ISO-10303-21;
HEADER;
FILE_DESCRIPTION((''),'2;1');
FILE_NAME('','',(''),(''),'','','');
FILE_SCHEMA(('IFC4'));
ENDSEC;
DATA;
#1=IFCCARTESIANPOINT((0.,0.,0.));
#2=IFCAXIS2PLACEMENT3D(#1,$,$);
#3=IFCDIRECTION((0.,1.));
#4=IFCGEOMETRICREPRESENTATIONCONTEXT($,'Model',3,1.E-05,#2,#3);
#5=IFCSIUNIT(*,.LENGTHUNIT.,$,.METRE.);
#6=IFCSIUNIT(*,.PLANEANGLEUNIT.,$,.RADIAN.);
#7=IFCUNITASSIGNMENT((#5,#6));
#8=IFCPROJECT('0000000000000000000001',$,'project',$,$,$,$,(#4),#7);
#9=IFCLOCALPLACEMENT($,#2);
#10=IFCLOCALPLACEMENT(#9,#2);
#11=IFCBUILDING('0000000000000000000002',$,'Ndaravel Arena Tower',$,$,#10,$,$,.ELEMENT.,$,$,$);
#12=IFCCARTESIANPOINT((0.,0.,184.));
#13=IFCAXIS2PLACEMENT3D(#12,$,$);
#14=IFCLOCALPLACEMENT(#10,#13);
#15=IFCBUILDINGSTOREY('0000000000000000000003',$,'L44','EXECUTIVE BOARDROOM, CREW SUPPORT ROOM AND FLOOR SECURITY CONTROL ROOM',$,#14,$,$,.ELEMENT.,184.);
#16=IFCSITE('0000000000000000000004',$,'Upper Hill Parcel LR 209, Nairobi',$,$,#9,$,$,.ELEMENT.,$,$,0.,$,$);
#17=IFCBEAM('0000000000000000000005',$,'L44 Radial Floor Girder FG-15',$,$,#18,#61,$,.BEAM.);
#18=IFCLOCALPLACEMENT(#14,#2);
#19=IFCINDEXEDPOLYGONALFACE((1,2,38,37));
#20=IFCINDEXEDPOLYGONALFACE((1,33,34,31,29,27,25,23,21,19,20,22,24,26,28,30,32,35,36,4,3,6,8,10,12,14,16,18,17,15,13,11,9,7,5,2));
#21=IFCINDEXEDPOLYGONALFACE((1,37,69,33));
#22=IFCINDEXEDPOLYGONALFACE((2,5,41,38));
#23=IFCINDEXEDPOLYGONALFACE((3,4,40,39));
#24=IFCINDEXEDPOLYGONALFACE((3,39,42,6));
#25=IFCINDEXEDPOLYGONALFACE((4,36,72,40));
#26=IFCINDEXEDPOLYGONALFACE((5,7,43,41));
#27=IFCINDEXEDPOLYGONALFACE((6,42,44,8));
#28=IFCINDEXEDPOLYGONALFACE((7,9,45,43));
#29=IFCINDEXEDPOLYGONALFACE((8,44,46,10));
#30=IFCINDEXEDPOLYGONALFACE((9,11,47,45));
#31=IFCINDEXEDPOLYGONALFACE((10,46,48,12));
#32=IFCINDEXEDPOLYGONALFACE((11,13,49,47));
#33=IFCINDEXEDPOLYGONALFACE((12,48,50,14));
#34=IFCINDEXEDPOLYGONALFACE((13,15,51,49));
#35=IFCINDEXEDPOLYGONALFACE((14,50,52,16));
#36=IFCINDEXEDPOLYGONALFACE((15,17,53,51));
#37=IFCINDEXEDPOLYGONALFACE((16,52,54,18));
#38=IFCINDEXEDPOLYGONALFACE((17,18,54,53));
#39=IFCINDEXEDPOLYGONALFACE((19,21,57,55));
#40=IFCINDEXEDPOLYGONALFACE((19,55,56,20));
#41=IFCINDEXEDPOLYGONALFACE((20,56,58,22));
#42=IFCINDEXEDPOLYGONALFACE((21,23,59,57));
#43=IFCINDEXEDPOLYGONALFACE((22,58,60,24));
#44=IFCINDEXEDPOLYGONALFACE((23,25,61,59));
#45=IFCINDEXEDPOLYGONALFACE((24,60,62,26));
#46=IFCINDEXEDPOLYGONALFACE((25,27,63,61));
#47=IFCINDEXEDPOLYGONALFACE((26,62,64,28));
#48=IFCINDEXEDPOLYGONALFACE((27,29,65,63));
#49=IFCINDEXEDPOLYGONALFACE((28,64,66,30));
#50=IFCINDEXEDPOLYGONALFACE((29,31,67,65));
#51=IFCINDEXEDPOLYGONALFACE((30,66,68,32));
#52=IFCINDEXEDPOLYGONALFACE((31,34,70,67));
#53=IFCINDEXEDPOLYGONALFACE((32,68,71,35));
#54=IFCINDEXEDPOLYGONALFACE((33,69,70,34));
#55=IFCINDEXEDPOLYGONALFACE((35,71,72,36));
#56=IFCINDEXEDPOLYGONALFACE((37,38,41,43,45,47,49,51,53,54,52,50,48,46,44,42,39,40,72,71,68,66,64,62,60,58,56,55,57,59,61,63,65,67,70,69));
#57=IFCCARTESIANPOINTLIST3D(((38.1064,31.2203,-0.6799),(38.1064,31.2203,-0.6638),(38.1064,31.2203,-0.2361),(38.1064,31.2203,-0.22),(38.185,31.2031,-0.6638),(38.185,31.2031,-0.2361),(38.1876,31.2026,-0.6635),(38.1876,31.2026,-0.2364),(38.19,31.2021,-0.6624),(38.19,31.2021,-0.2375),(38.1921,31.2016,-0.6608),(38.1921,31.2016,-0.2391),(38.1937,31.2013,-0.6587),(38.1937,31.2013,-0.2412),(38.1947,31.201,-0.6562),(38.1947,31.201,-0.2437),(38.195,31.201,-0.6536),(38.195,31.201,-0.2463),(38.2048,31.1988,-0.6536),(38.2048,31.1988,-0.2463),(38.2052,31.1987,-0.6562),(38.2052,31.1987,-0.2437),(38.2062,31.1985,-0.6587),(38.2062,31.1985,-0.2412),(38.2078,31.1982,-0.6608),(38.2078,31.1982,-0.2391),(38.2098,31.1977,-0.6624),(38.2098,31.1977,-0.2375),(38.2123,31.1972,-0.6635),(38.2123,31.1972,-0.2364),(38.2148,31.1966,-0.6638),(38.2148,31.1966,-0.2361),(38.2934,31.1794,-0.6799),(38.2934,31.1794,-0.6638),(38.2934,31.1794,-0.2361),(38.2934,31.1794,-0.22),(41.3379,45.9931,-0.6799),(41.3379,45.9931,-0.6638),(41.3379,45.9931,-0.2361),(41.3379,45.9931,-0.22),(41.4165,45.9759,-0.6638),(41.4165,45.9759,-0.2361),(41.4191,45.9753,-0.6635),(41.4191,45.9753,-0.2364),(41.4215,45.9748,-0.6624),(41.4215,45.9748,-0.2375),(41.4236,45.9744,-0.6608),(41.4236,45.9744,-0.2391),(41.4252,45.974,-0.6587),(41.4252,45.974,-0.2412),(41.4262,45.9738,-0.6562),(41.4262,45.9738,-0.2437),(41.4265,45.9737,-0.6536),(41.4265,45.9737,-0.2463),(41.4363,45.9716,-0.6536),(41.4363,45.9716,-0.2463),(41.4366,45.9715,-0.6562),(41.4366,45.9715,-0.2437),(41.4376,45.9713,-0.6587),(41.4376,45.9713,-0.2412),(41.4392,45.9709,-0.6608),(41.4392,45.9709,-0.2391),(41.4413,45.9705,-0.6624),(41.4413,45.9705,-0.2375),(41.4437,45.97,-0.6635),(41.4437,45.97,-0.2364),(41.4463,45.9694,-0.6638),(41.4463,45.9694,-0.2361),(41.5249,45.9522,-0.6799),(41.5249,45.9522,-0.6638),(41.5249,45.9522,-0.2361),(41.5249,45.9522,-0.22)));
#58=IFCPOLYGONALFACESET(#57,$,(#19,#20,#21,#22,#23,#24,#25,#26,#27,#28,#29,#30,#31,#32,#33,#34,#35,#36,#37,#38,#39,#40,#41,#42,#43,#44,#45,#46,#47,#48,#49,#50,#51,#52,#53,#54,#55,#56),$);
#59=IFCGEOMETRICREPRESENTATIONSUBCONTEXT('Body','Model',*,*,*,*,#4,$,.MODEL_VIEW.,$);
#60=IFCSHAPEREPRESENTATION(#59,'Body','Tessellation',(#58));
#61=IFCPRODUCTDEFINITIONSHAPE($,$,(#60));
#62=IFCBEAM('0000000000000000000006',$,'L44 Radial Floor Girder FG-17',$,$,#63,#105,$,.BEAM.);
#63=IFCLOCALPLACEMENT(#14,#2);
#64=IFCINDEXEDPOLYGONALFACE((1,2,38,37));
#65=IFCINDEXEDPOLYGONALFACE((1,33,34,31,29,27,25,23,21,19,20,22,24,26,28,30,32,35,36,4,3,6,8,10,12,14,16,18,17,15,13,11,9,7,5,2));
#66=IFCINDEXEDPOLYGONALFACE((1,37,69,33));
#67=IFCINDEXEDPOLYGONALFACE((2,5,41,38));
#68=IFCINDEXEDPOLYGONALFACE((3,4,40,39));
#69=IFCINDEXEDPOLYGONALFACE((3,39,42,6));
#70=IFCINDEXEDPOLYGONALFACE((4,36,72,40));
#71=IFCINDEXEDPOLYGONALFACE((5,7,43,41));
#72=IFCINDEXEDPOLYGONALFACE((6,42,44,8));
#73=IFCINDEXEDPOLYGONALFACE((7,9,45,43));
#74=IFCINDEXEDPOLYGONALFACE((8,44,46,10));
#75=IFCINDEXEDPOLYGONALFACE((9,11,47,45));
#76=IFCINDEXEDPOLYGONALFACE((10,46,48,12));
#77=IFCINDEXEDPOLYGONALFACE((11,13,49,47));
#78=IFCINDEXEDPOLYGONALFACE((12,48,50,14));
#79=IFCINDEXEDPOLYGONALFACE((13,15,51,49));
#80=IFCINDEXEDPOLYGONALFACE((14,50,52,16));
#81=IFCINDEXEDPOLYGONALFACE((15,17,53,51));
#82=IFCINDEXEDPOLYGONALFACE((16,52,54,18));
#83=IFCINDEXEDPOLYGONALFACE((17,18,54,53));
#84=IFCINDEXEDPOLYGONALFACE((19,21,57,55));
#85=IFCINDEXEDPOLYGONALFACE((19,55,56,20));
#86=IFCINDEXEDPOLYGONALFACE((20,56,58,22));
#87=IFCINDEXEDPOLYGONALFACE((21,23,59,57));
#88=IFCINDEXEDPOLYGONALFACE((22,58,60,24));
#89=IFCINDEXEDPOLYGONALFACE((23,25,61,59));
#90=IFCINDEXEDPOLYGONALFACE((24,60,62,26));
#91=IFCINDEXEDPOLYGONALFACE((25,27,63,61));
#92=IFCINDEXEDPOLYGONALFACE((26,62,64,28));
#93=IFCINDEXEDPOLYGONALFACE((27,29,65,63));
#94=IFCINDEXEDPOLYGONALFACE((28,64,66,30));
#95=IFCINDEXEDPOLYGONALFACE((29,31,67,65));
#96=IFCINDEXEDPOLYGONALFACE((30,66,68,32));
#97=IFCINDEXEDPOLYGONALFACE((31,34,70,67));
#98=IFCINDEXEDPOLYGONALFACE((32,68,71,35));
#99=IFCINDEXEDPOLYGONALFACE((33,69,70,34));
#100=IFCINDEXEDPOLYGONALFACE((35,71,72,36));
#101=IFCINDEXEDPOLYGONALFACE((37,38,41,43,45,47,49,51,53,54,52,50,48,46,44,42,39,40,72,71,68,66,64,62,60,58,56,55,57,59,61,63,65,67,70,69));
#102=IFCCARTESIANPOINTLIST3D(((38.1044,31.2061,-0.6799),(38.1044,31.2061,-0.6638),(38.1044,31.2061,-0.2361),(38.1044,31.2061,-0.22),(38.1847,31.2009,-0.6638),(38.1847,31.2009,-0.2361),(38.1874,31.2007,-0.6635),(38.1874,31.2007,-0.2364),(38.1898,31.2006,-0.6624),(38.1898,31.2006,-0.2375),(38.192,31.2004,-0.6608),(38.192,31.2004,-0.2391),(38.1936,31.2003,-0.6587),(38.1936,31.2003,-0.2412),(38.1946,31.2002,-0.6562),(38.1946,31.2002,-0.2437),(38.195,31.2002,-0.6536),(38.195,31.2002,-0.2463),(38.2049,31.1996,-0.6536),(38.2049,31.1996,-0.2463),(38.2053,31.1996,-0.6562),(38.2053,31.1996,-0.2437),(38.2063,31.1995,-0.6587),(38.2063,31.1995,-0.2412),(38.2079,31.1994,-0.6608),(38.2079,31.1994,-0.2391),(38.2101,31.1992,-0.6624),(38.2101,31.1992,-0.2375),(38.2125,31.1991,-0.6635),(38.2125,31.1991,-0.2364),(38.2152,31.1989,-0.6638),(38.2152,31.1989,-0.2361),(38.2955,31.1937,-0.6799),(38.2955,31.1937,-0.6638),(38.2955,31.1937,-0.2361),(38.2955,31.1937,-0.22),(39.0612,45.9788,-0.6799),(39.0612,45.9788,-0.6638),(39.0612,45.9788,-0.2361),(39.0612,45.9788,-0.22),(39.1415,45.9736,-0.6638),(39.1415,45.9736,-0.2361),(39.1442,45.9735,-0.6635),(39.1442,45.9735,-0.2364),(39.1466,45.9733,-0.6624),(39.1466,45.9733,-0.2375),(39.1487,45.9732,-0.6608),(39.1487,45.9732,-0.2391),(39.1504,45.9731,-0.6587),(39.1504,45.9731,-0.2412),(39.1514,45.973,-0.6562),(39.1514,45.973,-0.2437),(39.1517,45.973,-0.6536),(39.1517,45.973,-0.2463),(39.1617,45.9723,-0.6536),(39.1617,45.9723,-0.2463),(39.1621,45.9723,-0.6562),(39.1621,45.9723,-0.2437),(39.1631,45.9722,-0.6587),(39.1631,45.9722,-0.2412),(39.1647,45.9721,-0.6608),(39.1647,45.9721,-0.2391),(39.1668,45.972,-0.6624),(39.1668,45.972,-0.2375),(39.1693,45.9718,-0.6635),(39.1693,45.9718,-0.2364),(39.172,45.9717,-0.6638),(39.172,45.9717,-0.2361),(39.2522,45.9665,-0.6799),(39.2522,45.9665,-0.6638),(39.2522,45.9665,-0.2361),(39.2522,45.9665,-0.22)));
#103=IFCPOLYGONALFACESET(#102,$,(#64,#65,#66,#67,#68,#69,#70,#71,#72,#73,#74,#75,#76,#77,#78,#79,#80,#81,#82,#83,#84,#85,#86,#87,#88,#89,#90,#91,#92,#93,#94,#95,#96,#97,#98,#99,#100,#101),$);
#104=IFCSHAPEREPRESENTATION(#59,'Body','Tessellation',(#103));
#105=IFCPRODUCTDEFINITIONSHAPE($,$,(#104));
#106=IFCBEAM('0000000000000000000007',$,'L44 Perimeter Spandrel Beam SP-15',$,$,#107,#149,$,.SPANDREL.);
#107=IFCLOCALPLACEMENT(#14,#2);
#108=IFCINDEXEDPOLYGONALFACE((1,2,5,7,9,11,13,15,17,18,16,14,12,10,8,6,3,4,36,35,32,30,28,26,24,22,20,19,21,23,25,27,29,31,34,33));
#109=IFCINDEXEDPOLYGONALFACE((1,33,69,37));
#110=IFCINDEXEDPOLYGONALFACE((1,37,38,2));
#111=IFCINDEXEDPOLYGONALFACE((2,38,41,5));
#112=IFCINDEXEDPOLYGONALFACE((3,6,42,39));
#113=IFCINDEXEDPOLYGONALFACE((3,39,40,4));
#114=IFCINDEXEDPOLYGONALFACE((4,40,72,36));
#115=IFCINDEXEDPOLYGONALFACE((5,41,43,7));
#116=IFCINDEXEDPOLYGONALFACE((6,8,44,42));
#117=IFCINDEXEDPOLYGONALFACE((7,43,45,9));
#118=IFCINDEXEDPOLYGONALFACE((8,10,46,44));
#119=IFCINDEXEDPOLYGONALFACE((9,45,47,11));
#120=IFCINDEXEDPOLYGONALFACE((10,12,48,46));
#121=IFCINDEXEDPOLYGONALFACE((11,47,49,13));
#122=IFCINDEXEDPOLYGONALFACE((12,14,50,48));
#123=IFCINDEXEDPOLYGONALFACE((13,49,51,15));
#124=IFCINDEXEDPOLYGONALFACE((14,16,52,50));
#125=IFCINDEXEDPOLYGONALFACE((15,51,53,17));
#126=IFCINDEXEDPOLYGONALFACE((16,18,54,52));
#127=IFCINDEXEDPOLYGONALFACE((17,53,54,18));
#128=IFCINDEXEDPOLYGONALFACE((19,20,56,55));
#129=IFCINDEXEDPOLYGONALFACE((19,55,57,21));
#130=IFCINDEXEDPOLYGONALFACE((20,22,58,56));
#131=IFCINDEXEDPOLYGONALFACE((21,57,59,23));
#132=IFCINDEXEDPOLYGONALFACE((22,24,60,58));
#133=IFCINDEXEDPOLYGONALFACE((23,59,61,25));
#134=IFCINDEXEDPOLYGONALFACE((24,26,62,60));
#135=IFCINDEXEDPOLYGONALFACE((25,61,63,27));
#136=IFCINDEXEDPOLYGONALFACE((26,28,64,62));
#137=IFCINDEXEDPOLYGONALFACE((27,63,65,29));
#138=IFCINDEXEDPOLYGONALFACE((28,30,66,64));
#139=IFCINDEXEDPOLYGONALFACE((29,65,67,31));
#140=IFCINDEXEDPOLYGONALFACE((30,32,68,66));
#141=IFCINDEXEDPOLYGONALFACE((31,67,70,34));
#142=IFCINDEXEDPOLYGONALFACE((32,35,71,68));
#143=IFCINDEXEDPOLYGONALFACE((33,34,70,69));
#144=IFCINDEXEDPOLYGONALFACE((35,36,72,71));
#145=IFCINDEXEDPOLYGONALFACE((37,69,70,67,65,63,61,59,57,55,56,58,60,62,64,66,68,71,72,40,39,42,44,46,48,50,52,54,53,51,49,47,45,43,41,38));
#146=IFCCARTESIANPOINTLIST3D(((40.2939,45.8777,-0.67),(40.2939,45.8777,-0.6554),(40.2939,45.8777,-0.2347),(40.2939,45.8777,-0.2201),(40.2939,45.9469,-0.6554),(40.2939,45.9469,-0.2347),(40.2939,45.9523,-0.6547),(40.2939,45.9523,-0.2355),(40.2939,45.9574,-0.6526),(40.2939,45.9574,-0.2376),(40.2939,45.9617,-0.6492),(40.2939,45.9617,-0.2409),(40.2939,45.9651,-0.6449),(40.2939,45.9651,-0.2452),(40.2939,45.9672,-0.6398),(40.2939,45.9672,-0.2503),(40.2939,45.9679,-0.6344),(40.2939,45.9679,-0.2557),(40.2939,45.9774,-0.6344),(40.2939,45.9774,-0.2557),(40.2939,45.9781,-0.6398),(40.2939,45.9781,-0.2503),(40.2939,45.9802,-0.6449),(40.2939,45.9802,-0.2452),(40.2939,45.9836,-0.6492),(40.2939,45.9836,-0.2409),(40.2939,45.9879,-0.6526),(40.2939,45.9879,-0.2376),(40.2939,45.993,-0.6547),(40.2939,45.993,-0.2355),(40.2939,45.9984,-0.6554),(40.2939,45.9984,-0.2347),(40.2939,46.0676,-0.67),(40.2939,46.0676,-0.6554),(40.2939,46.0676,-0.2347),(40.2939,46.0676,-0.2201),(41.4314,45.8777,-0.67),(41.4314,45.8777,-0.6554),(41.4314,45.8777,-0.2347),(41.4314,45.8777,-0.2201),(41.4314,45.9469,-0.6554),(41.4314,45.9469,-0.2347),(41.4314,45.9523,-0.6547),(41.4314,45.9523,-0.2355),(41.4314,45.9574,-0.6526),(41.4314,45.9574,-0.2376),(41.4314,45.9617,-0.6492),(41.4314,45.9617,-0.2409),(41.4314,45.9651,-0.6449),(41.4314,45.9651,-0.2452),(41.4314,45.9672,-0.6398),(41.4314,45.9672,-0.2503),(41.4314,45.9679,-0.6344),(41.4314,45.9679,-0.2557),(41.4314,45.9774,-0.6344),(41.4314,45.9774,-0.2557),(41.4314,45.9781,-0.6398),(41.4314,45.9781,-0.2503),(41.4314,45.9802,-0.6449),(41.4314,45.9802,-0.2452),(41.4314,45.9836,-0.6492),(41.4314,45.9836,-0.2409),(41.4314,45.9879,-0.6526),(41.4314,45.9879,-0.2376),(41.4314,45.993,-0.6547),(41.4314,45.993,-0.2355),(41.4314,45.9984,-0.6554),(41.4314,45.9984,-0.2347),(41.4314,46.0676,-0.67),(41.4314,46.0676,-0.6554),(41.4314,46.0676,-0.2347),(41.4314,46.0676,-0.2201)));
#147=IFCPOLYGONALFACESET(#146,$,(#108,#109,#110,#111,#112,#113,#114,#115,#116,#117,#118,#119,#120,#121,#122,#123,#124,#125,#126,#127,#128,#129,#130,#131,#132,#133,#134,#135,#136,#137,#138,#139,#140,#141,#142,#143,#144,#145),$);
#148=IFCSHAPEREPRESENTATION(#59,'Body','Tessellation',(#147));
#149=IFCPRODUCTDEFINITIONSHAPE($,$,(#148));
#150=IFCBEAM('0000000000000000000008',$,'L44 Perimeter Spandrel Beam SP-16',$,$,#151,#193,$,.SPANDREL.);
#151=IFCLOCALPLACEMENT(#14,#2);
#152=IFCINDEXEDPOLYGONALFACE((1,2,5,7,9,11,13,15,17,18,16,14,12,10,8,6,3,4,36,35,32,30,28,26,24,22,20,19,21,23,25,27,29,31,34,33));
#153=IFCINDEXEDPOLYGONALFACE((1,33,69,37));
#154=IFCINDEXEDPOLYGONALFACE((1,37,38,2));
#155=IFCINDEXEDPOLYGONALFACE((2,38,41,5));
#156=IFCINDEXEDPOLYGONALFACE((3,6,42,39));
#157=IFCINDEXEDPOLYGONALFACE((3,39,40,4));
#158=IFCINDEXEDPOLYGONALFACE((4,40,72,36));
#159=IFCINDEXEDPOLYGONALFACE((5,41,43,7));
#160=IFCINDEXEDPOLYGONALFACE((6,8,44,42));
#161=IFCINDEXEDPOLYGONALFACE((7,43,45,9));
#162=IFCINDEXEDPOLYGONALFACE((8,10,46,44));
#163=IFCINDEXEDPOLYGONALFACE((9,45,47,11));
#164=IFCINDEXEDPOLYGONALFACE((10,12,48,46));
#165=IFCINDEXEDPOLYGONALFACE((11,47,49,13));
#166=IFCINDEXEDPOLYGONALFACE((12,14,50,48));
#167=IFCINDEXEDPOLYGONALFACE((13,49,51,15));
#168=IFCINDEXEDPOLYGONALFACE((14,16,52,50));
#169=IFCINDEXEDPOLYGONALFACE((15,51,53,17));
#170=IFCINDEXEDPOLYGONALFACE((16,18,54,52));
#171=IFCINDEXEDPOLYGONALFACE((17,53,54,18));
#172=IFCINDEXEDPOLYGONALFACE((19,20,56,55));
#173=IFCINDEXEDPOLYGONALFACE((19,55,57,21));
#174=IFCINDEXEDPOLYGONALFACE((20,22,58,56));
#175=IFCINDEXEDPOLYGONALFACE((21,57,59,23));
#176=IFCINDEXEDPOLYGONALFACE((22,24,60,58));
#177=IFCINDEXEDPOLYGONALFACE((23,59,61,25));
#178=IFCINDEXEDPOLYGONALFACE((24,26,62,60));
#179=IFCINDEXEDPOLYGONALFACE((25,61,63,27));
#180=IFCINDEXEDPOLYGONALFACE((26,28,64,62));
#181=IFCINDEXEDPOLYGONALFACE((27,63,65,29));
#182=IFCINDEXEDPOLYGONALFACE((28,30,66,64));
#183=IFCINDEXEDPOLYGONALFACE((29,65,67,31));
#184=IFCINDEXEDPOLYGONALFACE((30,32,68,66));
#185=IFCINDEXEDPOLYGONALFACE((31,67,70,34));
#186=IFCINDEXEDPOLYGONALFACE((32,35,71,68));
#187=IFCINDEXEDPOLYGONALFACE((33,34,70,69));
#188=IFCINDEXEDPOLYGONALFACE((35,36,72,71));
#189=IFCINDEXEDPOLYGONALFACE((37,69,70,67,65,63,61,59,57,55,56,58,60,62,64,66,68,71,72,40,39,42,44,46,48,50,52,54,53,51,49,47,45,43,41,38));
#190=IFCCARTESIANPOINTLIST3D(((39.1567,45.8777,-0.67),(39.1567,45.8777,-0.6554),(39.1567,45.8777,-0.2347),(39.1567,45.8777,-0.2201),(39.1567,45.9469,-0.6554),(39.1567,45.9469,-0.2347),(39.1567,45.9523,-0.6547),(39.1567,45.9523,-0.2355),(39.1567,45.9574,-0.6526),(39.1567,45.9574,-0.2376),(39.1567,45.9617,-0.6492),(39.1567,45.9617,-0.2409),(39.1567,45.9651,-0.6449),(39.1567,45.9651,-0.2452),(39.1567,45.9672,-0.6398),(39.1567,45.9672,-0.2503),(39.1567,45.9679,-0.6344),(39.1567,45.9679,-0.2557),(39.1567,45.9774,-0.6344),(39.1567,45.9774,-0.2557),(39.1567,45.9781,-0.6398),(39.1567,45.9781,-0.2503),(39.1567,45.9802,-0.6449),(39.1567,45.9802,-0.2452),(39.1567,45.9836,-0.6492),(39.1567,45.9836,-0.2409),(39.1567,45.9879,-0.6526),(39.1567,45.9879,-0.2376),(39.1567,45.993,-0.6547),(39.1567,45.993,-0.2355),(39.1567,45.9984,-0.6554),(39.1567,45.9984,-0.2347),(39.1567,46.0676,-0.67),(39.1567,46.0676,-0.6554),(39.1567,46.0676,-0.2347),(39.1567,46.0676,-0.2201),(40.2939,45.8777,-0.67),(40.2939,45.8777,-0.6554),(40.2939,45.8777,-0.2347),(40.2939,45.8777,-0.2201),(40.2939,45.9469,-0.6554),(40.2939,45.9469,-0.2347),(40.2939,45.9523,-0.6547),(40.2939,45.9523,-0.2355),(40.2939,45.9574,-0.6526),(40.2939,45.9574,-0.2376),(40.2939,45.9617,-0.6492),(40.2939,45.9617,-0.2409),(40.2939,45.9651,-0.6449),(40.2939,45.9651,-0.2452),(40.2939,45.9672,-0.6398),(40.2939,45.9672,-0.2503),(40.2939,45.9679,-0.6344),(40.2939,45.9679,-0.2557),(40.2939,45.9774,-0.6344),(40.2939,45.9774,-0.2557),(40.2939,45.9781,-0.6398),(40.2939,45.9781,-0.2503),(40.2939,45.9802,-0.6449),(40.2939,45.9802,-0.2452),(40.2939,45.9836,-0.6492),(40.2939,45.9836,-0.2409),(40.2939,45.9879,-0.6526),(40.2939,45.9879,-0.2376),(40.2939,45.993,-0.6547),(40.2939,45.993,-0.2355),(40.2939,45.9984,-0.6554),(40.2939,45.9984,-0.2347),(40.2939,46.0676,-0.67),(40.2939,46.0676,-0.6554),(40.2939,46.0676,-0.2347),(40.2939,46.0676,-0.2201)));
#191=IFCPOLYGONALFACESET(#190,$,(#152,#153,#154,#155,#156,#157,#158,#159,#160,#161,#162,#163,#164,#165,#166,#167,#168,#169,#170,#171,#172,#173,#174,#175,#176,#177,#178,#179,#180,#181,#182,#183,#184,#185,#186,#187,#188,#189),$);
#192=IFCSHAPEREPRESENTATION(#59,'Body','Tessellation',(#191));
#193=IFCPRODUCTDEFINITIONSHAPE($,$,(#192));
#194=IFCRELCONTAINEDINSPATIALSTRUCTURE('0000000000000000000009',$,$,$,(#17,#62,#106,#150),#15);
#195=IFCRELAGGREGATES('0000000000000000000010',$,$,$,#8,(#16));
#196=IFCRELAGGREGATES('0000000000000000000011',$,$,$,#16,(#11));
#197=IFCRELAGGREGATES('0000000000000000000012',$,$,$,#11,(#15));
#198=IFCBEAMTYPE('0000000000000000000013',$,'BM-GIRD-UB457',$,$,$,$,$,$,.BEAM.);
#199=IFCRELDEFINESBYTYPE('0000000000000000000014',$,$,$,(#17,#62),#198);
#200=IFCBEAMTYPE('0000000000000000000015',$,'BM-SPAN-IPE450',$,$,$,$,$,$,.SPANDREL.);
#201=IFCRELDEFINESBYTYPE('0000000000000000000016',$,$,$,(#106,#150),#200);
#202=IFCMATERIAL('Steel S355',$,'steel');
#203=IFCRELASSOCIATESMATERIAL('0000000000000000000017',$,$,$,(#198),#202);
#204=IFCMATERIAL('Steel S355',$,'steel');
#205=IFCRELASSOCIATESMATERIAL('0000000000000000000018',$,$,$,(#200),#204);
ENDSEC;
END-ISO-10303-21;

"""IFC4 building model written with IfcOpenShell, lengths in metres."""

from ifc_helpers import new_model, si_unit, direction, frame, origin, origin_2d, place, context, subcontext, project, spatial, i_section, extrude, material, material_profile, profile_set, type_object, element, save


model = new_model("IFC4")

# Units and contexts
model_context = context("Model", 3, precision=1e-05, world=origin(), true_north=direction((0.0, 1.0)))
body_context = subcontext(model_context, "Body", "Model", "MODEL_VIEW")
ifc_project = project(units=[si_unit("LENGTHUNIT", "METRE"), si_unit("PLANEANGLEUNIT", "RADIAN")], contexts=[model_context])

# Site, building, storey
site_placement = place(None, origin())
site = spatial("IfcSite", under=ifc_project, at=site_placement, Name="Upper Hill Parcel LR 209, Nairobi", CompositionType="ELEMENT", RefElevation=0.0)
building_placement = place(site_placement, origin())
building = spatial("IfcBuilding", under=site, at=building_placement, Name="Ndaravel Arena Tower", CompositionType="ELEMENT")
storey_placement = place(building_placement, frame((0.0, 0.0, 184.0)))
storey = spatial("IfcBuildingStorey", under=building, at=storey_placement, Name="L44", Description="EXECUTIVE BOARDROOM, CREW SUPPORT ROOM AND FLOOR SECURITY CONTROL ROOM", CompositionType="ELEMENT", Elevation=184.0)

# Beams
ifc_material_1 = material(Name="Steel S355", Category="steel")
ifc_material_profile_1 = material_profile(ifc_material_1, i_section(OverallWidth=0.1914, OverallDepth=0.46, WebThickness=0.01, FlangeThickness=0.0161, FilletRadius=0.0103, at=origin_2d()), Name="UB 457x191x82")
ifc_profile_set_1 = profile_set([ifc_material_profile_1], Name="Steel S355")
beam_type_1 = type_object("IfcBeamType", Name="BM-GIRD-UB457", PredefinedType="BEAM", material=ifc_profile_set_1)
beam_1_placement = place(storey_placement, frame((41.4314, 45.9727, -0.45), z_axis=(-0.213692, -0.976901, 0.0), x_axis=(0.976901, -0.213692, 0.0)))
element("IfcBeam", 1, at=beam_1_placement, inside=storey, type_object=beam_type_1, Name="L44 Radial Floor Girder FG-15", PredefinedType="BEAM", context=body_context, shape_type="SweptSolid", body=[
    extrude(i_section(OverallWidth=0.1914, OverallDepth=0.46, WebThickness=0.01, FlangeThickness=0.0161, FilletRadius=0.0103, at=origin_2d()), origin(), (0.0, 0.0, 1.0), 15.1221),
])
beam_2_placement = place(storey_placement, frame((39.1567, 45.9727, -0.45), z_axis=(-0.064632, -0.997909, 0.0), x_axis=(0.997909, -0.064632, 0.0)))
element("IfcBeam", 2, at=beam_2_placement, inside=storey, type_object=beam_type_1, Name="L44 Radial Floor Girder FG-17", PredefinedType="BEAM", context=body_context, shape_type="SweptSolid", body=[
    extrude(i_section(OverallWidth=0.1914, OverallDepth=0.46, WebThickness=0.01, FlangeThickness=0.0161, FilletRadius=0.0103, at=origin_2d()), origin(), (0.0, 0.0, 1.0), 14.8037),
])
ifc_material_2 = material(Name="Steel S355", Category="steel")
ifc_material_profile_2 = material_profile(ifc_material_2, i_section(OverallWidth=0.1899, OverallDepth=0.45, WebThickness=0.0095, FlangeThickness=0.0146, FilletRadius=0.021, at=origin_2d()), Name="IPE 450")
ifc_profile_set_2 = profile_set([ifc_material_profile_2], Name="Steel S355")
beam_type_2 = type_object("IfcBeamType", Name="BM-SPAN-IPE450", PredefinedType="SPANDREL", material=ifc_profile_set_2)
beam_3_placement = place(storey_placement, frame((41.4314, 45.9727, -0.4451), z_axis=(-1.0, 0.0, 0.0), x_axis=(0.0, -1.0, 0.0)))
element("IfcBeam", 3, at=beam_3_placement, inside=storey, type_object=beam_type_2, Name="L44 Perimeter Spandrel Beam SP-15", PredefinedType="SPANDREL", context=body_context, shape_type="SweptSolid", body=[
    extrude(i_section(OverallWidth=0.1899, OverallDepth=0.45, WebThickness=0.0095, FlangeThickness=0.0146, FilletRadius=0.021, at=origin_2d()), origin(), (0.0, 0.0, 1.0), 1.1375),
])
beam_4_placement = place(storey_placement, frame((40.2939, 45.9727, -0.4451), z_axis=(-1.0, 0.0, 0.0), x_axis=(0.0, -1.0, 0.0)))
element("IfcBeam", 4, at=beam_4_placement, inside=storey, type_object=beam_type_2, Name="L44 Perimeter Spandrel Beam SP-16", PredefinedType="SPANDREL", context=body_context, shape_type="SweptSolid", body=[
    extrude(i_section(OverallWidth=0.1899, OverallDepth=0.45, WebThickness=0.0095, FlangeThickness=0.0146, FilletRadius=0.021, at=origin_2d()), origin(), (0.0, 0.0, 1.0), 1.1372),
])

save(model, "model.ifc")
